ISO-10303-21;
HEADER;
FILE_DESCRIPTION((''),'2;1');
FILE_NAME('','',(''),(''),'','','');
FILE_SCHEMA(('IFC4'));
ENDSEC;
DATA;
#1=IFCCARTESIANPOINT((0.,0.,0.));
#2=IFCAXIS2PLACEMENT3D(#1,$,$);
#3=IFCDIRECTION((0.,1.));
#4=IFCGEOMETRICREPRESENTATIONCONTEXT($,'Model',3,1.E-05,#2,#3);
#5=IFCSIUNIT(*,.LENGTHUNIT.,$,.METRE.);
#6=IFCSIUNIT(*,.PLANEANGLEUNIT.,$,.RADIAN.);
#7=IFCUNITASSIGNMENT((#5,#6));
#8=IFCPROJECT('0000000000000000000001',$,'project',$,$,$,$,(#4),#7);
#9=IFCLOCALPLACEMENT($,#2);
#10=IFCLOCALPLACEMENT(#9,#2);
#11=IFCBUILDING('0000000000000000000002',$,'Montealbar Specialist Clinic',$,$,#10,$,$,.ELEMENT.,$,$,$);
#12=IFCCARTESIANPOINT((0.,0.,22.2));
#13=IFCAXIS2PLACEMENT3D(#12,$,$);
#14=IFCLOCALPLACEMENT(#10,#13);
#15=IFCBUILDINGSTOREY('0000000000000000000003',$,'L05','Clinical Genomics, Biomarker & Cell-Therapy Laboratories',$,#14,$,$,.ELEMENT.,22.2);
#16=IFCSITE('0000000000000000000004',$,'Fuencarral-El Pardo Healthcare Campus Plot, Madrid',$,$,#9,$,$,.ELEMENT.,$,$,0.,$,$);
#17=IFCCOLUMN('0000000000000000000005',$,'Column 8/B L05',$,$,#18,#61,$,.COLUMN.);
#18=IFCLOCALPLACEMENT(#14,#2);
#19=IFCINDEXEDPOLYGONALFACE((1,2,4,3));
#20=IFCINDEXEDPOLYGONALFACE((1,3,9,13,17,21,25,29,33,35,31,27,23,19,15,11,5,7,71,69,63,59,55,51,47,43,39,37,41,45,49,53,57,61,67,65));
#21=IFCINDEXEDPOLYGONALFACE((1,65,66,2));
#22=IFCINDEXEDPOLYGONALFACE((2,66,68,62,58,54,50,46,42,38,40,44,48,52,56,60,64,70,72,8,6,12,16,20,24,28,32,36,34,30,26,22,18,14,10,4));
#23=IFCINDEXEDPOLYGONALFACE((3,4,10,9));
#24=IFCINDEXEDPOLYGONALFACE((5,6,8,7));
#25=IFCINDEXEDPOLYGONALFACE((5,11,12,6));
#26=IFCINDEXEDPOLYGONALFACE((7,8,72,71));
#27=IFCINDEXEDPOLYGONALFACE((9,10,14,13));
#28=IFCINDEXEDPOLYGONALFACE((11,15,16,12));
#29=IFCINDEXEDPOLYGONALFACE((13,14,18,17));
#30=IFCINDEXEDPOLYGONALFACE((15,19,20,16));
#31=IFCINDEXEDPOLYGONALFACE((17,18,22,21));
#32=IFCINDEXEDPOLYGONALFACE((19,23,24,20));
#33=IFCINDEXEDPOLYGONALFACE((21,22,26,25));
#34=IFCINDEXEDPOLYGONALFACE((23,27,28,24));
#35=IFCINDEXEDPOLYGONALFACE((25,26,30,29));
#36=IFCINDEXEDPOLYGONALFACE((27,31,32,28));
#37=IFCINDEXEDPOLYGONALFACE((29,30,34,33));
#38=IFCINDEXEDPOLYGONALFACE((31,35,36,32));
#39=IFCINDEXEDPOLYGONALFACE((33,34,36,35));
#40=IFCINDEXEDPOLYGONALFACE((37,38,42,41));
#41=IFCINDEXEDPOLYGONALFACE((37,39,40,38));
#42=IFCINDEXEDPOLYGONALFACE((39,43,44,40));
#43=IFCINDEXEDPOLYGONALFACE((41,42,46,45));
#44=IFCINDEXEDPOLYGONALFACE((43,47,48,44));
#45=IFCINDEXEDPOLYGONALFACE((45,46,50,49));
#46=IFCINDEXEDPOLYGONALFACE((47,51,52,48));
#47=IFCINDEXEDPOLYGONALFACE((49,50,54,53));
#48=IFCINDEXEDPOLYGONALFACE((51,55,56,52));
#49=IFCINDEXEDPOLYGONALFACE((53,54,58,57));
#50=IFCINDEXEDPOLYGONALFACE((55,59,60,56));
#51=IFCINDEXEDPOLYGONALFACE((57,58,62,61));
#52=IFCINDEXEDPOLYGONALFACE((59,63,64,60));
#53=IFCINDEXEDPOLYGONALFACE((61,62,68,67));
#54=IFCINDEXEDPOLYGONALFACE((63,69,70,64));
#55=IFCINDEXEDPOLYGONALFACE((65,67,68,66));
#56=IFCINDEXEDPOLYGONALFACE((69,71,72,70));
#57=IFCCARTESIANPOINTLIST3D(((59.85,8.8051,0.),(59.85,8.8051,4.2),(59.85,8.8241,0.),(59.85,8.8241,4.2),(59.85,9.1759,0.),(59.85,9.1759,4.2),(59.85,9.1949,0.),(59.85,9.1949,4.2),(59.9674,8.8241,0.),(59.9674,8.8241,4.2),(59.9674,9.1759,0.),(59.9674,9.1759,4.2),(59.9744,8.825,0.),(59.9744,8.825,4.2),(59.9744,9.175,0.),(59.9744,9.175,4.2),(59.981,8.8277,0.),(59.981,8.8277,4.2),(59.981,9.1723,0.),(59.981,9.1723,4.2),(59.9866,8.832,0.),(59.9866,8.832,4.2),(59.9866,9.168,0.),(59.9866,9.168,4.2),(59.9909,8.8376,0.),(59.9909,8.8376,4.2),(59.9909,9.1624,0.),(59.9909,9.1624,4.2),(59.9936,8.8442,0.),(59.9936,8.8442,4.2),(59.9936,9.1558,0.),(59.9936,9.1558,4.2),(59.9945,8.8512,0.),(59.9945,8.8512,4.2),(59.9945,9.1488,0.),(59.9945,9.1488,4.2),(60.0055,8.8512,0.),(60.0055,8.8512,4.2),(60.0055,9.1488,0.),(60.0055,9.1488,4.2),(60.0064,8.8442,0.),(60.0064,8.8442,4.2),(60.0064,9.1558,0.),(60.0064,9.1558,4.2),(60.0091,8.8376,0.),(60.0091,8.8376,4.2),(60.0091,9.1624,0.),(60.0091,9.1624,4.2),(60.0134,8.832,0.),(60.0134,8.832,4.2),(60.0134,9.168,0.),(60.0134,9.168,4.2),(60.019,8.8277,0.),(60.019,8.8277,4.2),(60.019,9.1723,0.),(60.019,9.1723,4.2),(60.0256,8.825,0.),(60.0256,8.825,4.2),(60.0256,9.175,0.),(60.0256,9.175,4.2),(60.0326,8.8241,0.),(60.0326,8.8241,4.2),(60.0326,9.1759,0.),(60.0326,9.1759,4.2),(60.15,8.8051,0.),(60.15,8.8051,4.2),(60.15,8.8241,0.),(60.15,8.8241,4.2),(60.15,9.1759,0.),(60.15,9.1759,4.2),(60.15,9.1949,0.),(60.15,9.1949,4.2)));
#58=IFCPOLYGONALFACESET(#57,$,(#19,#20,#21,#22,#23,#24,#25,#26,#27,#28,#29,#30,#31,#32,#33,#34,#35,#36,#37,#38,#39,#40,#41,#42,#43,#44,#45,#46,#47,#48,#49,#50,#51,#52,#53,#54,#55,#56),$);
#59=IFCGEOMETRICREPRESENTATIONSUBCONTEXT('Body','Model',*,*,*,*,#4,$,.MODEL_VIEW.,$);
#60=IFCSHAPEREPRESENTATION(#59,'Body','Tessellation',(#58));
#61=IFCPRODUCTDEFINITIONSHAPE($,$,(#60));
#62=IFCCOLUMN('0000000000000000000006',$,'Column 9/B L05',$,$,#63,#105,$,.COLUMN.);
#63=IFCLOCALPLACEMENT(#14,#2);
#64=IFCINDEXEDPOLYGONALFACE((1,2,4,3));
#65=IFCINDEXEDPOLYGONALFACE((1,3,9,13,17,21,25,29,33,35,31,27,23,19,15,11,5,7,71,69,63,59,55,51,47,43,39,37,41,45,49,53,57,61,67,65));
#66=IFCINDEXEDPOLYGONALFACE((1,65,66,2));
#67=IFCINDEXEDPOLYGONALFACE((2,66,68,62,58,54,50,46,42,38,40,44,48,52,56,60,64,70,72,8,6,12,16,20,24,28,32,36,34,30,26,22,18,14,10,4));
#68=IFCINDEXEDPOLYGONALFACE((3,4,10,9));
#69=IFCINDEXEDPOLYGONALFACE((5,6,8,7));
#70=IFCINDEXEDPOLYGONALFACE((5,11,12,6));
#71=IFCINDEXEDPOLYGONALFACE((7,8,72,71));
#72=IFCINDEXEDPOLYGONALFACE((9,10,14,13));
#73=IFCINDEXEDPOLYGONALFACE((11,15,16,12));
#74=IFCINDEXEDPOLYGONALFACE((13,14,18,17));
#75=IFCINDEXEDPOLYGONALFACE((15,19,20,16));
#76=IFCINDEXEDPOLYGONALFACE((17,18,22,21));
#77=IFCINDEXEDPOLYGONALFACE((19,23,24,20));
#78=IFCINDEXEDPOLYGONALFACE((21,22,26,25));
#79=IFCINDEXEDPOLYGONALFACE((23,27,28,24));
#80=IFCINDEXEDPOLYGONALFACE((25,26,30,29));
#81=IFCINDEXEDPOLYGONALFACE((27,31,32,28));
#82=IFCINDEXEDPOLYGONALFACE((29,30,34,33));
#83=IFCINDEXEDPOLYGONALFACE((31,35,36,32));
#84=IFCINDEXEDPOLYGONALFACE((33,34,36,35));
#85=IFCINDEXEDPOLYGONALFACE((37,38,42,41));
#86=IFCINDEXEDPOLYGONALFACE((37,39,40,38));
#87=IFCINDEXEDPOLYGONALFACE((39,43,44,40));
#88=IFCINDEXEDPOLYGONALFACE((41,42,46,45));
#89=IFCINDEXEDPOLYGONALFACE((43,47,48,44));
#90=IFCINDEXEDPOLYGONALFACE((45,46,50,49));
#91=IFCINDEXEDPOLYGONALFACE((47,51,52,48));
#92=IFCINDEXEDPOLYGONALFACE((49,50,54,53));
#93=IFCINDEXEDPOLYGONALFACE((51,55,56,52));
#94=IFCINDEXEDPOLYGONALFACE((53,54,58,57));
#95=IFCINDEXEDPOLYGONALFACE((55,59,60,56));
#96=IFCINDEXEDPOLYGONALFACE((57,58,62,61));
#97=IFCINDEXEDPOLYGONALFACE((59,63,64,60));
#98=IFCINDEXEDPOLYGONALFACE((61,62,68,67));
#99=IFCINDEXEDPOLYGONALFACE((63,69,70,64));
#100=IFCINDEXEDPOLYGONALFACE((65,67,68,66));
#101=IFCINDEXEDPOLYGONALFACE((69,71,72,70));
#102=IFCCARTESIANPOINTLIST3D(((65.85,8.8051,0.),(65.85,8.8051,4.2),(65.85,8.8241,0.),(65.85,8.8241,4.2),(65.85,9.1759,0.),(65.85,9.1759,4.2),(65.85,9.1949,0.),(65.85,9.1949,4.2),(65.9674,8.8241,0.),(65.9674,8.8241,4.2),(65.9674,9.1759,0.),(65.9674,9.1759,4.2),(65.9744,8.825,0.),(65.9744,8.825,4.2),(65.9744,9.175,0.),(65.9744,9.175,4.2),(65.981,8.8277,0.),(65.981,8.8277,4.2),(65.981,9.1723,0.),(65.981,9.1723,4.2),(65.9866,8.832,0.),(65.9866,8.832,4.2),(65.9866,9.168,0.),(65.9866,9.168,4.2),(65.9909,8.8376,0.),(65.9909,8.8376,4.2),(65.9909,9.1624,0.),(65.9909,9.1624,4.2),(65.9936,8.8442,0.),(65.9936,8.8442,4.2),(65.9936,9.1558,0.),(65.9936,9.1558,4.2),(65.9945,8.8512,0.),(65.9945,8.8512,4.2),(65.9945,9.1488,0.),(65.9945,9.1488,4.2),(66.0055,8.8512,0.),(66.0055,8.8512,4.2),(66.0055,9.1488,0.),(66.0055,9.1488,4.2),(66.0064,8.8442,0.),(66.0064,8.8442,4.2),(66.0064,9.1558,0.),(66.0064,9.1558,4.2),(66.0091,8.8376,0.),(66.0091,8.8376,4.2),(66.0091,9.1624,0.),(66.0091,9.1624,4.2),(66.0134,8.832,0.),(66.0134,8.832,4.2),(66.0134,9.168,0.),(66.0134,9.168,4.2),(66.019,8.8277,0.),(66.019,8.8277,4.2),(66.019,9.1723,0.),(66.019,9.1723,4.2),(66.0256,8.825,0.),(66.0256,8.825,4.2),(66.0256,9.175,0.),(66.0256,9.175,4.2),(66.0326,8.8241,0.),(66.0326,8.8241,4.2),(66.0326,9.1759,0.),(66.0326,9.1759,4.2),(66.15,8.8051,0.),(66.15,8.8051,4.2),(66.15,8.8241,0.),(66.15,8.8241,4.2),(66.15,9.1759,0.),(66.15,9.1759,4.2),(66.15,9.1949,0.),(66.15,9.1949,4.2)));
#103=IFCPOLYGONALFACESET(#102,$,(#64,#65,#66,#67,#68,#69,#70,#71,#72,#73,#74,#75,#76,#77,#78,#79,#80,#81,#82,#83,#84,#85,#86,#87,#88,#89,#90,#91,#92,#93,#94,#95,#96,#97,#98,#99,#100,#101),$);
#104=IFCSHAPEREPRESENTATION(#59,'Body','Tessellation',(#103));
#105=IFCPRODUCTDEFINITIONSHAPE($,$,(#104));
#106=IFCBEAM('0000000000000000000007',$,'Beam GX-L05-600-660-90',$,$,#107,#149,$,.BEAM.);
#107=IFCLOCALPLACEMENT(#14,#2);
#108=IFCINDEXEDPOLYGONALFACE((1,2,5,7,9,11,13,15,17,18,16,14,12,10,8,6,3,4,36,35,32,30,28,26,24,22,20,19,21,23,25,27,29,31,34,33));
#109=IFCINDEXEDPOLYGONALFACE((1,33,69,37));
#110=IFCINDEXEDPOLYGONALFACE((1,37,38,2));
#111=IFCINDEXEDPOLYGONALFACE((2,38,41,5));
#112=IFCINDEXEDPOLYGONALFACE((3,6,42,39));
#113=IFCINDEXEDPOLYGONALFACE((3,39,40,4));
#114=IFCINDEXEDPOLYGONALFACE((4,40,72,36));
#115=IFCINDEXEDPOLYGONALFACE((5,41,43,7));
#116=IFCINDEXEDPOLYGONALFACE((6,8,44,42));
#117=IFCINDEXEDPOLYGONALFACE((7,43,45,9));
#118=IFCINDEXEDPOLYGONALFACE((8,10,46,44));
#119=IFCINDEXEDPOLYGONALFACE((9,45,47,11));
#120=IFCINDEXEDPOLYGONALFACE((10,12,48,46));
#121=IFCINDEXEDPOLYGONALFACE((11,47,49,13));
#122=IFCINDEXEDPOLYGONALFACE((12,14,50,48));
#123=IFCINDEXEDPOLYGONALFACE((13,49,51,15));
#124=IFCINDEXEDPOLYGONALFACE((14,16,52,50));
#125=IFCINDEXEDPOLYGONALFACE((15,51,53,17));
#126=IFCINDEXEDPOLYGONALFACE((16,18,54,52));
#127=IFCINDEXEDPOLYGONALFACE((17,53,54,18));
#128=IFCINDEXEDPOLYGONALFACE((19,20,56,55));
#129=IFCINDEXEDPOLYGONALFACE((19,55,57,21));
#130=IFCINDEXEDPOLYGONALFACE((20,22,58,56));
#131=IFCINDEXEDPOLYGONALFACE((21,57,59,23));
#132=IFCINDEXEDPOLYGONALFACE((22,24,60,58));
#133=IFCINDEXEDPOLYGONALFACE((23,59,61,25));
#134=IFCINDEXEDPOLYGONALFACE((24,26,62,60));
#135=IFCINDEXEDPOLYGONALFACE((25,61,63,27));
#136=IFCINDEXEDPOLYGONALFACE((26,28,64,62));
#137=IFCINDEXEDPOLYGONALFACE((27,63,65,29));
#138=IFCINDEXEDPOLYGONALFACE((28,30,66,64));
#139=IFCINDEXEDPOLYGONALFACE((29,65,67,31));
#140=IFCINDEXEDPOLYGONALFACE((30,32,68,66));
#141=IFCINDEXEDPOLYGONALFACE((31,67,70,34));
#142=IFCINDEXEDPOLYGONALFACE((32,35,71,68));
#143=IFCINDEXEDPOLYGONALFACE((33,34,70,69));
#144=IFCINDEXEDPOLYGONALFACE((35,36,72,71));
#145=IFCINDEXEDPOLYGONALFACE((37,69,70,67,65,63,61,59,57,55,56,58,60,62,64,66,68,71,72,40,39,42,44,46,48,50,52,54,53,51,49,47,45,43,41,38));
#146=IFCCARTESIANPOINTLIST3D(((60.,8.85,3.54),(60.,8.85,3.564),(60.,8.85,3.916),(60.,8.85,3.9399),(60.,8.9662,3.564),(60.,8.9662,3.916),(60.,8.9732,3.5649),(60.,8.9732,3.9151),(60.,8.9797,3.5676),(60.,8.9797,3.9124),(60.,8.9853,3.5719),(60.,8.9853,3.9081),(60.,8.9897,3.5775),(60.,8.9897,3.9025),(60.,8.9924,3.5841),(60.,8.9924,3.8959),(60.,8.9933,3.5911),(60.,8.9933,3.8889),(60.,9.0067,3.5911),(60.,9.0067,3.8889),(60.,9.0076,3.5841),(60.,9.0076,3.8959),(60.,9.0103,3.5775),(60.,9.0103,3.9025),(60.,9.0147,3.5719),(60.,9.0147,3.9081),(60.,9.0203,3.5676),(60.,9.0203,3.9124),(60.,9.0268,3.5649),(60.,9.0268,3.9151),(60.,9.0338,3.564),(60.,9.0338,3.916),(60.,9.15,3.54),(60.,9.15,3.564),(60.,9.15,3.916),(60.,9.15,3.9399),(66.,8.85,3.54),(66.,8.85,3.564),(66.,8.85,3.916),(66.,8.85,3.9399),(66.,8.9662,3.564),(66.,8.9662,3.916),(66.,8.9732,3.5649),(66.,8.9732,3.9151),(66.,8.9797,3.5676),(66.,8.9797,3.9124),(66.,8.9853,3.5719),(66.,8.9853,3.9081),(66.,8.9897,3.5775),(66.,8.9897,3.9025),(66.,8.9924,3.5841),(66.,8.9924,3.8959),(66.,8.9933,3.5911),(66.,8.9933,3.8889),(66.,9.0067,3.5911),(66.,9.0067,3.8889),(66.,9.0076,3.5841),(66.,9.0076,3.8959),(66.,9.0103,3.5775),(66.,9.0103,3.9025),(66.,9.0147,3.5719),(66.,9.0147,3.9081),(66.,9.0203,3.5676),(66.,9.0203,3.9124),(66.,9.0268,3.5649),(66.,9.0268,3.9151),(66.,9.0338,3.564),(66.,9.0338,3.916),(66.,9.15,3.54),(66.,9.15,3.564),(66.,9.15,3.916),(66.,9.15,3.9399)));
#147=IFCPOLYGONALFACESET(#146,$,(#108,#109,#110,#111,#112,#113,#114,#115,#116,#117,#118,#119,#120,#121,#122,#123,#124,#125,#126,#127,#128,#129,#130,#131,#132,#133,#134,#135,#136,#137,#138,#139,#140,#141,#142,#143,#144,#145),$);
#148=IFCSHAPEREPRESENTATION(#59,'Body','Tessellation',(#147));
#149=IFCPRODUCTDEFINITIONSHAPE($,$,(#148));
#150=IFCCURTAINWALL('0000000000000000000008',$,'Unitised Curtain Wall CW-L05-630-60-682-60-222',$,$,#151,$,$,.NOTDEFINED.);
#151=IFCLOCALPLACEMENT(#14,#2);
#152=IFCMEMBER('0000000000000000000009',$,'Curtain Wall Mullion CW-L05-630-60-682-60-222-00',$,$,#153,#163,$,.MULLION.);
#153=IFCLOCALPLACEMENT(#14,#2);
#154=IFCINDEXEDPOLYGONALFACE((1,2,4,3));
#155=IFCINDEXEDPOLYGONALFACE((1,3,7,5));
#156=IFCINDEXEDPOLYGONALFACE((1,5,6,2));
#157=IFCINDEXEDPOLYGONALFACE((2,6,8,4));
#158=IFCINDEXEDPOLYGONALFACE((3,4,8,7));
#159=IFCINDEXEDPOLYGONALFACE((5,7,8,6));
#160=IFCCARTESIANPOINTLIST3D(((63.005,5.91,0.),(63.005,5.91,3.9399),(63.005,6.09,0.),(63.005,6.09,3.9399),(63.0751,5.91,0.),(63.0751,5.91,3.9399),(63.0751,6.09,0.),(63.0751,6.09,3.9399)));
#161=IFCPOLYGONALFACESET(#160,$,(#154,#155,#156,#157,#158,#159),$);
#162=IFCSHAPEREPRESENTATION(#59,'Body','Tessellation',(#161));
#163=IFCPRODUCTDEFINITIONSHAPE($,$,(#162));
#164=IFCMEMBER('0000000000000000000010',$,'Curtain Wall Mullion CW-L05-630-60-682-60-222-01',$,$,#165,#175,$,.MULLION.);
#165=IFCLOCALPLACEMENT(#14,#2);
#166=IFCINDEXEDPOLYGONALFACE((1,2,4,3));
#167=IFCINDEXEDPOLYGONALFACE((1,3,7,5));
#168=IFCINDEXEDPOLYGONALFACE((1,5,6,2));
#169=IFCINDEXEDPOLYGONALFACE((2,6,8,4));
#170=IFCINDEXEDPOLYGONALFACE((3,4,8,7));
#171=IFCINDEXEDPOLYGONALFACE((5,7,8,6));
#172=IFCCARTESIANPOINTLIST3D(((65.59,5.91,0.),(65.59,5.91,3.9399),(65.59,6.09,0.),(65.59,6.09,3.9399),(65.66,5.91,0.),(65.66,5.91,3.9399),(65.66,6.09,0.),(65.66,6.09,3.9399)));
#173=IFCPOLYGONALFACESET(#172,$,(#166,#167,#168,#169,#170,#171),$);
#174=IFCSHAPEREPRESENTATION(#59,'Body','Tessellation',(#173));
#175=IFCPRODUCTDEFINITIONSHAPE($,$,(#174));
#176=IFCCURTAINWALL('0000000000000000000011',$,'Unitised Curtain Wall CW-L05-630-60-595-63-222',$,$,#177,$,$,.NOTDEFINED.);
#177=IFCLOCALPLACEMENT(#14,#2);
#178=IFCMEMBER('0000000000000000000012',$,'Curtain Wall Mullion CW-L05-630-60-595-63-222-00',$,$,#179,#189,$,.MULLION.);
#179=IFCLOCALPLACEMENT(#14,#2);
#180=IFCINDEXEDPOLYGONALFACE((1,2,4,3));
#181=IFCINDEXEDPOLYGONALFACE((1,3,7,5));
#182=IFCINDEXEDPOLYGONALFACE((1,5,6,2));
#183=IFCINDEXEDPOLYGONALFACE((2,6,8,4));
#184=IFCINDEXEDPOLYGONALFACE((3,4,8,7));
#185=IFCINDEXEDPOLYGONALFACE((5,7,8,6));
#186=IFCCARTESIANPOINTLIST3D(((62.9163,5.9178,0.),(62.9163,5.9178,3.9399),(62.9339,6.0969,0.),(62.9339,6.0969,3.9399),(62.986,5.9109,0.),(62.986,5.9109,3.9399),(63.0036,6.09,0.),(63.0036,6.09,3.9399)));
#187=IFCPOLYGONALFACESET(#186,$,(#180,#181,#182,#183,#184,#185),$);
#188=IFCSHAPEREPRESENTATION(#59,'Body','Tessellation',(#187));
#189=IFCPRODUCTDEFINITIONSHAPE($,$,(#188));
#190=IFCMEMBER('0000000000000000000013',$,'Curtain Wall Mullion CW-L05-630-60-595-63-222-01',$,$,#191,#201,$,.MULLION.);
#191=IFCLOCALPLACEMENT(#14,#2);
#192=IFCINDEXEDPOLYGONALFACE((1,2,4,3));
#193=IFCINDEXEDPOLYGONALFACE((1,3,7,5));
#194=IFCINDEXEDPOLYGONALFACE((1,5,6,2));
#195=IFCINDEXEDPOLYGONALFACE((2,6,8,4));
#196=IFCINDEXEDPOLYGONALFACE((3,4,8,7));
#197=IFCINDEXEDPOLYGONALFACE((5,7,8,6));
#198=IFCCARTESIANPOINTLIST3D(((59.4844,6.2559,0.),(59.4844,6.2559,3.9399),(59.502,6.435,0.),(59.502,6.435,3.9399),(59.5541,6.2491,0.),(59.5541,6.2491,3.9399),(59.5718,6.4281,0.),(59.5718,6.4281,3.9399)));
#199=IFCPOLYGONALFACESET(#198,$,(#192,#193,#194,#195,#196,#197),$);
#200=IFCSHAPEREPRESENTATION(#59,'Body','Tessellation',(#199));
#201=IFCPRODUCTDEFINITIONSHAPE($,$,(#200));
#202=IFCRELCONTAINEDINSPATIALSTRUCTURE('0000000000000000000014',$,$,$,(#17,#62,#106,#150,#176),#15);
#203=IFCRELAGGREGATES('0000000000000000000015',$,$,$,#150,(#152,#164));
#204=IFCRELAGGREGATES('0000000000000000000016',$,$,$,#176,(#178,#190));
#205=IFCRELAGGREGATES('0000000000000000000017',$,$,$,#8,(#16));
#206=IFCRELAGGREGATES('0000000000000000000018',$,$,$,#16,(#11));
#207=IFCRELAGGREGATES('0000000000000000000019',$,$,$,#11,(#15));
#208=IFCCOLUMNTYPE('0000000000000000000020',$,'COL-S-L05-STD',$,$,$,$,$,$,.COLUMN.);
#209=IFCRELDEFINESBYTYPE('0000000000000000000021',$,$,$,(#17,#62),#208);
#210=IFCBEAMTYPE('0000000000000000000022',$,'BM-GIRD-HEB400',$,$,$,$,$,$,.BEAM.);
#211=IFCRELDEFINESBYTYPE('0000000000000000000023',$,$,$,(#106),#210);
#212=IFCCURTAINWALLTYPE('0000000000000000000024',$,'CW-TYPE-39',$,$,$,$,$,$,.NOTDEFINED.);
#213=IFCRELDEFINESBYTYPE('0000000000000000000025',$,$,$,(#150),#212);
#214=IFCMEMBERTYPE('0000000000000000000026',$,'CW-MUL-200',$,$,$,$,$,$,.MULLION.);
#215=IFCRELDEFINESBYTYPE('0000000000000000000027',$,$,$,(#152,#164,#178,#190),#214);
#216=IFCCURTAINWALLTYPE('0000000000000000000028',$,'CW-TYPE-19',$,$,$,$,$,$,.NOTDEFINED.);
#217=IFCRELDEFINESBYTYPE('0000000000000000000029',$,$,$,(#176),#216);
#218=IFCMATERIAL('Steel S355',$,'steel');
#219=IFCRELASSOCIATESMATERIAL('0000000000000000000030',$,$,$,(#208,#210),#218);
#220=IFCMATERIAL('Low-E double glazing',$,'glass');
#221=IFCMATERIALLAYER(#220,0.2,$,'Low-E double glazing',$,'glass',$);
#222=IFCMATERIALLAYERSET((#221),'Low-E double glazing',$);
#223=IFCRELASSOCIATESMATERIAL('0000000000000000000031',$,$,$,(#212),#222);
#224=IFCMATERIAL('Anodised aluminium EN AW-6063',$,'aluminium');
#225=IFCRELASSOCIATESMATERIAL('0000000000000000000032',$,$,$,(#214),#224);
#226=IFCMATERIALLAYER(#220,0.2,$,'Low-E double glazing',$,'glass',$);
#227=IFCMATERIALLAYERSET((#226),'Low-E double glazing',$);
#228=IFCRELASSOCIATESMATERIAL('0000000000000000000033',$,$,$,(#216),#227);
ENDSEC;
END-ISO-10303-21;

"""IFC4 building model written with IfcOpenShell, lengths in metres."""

from ifc_helpers import new_model, si_unit, direction, frame, origin, origin_2d, place, context, subcontext, project, spatial, rectangle, i_section, extrude, material, layer, layer_set, material_profile, profile_set, type_object, element, aggregate, save


model = new_model("IFC4")

# Units and contexts
model_context = context("Model", 3, precision=1e-05, world=origin(), true_north=direction((0.0, 1.0)))
body_context = subcontext(model_context, "Body", "Model", "MODEL_VIEW")
ifc_project = project(units=[si_unit("LENGTHUNIT", "METRE"), si_unit("PLANEANGLEUNIT", "RADIAN")], contexts=[model_context])

# Site, building, storey
site_placement = place(None, origin())
site = spatial("IfcSite", under=ifc_project, at=site_placement, Name="Fuencarral-El Pardo Healthcare Campus Plot, Madrid", CompositionType="ELEMENT", RefElevation=0.0)
building_placement = place(site_placement, origin())
building = spatial("IfcBuilding", under=site, at=building_placement, Name="Montealbar Specialist Clinic", CompositionType="ELEMENT")
storey_placement = place(building_placement, frame((0.0, 0.0, 22.2)))
storey = spatial("IfcBuildingStorey", under=building, at=storey_placement, Name="L05", Description="Clinical Genomics, Biomarker & Cell-Therapy Laboratories", CompositionType="ELEMENT", Elevation=22.2)

# Columns
ifc_material_1 = material(Name="Steel S355", Category="steel")
ifc_material_profile_1 = material_profile(ifc_material_1, i_section(OverallWidth=0.3, OverallDepth=0.3899, WebThickness=0.011, FlangeThickness=0.019, FilletRadius=0.0271, at=origin_2d()), Name="HEA 400", Category="steel")
ifc_profile_set_1 = profile_set([ifc_material_profile_1], Name="Steel S355")
column_type = type_object("IfcColumnType", Name="COL-S-L05-STD", PredefinedType="COLUMN", material=ifc_profile_set_1)
for number, where, z_axis, x_axis, name in (
    (1, (60.0, 9.0, 0.0), (0.0, 0.0, 1.0), (1.0, 0.0, 0.0), "Column 8/B L05"),
    (2, (66.0, 9.0, 0.0), (0.0, 0.0, 1.0), (1.0, 0.0, 0.0), "Column 9/B L05"),
):
    element("IfcColumn", number, at=place(storey_placement, frame(where, z_axis=z_axis, x_axis=x_axis)), inside=storey, type_object=column_type, Name=name, PredefinedType="COLUMN", context=body_context, shape_type="SweptSolid", body=[
        extrude(i_section(OverallWidth=0.3, OverallDepth=0.3899, WebThickness=0.011, FlangeThickness=0.019, FilletRadius=0.0271, at=origin_2d()), origin(), (0.0, 0.0, 1.0), 4.2),
    ])

# Beam
ifc_material_profile_2 = material_profile(ifc_material_1, i_section(OverallWidth=0.3, OverallDepth=0.3999, WebThickness=0.0134, FlangeThickness=0.0239, FilletRadius=0.0271, at=origin_2d()), Name="HEB 400", Category="steel")
ifc_profile_set_2 = profile_set([ifc_material_profile_2], Name="Steel S355")
beam_type = type_object("IfcBeamType", Name="BM-GIRD-HEB400", PredefinedType="BEAM", material=ifc_profile_set_2)
beam_placement = place(storey_placement, frame((60.0, 9.0, 3.74), z_axis=(1.0, 0.0, 0.0), x_axis=(0.0, 1.0, 0.0)))
element("IfcBeam", 3, at=beam_placement, inside=storey, type_object=beam_type, Name="Beam GX-L05-600-660-90", PredefinedType="BEAM", context=body_context, shape_type="SweptSolid", body=[
    extrude(i_section(OverallWidth=0.3, OverallDepth=0.3999, WebThickness=0.0134, FlangeThickness=0.0239, FilletRadius=0.0271, at=origin_2d()), origin(), (0.0, 0.0, 1.0), 6.0),
])

# Curtain walls, members
ifc_material_2 = material(Name="Low-E double glazing", Category="glass")
ifc_layer_1 = layer(ifc_material_2, 0.2, Name="Low-E double glazing", Category="glass")
ifc_layer_set_1 = layer_set([ifc_layer_1], Name="Low-E double glazing")
curtain_wall_type_1 = type_object("IfcCurtainWallType", Name="CW-TYPE-39", PredefinedType="NOTDEFINED", material=ifc_layer_set_1)
curtain_wall_1_placement = place(storey_placement, origin())
curtain_wall_1 = element("IfcCurtainWall", 4, at=curtain_wall_1_placement, inside=storey, type_object=curtain_wall_type_1, Name="Unitised Curtain Wall CW-L05-630-60-682-60-222", PredefinedType="NOTDEFINED")
ifc_material_3 = material(Name="Anodised aluminium EN AW-6063", Category="aluminium")
ifc_material_profile_3 = material_profile(ifc_material_3, rectangle(XDim=0.0701, YDim=0.1799, at=origin_2d()), Name="ALU 70x180", Category="aluminium")
ifc_profile_set_3 = profile_set([ifc_material_profile_3], Name="Anodised aluminium EN AW-6063")
member_type_1 = type_object("IfcMemberType", Name="CW-MUL-200", PredefinedType="MULLION", material=ifc_profile_set_3)
member_1_placement = place(storey_placement, frame((63.04, 6.0, 0.0), z_axis=(0.0, 0.0, 1.0), x_axis=(1.0, 0.0, 0.0)))
member_1 = element("IfcMember", 5, at=member_1_placement, type_object=member_type_1, Name="Curtain Wall Mullion CW-L05-630-60-682-60-222-00", PredefinedType="MULLION", context=body_context, shape_type="SweptSolid", body=[
    extrude(rectangle(XDim=0.0701, YDim=0.1799, at=origin_2d()), origin(), (0.0, 0.0, 1.0), 3.9399),
])
member_2_placement = place(storey_placement, frame((65.625, 6.0, 0.0), z_axis=(0.0, 0.0, 1.0), x_axis=(1.0, 0.0, 0.0)))
member_2 = element("IfcMember", 6, at=member_2_placement, type_object=member_type_1, Name="Curtain Wall Mullion CW-L05-630-60-682-60-222-01", PredefinedType="MULLION", context=body_context, shape_type="SweptSolid", body=[
    extrude(rectangle(XDim=0.0701, YDim=0.1799, at=origin_2d()), origin(), (0.0, 0.0, 1.0), 3.9399),
])
ifc_layer_2 = layer(ifc_material_2, 0.2, Name="Low-E double glazing", Category="glass")
ifc_layer_set_2 = layer_set([ifc_layer_2], Name="Low-E double glazing")
curtain_wall_type_2 = type_object("IfcCurtainWallType", Name="CW-TYPE-19", PredefinedType="NOTDEFINED", material=ifc_layer_set_2)
curtain_wall_2_placement = place(storey_placement, origin())
curtain_wall_2 = element("IfcCurtainWall", 7, at=curtain_wall_2_placement, inside=storey, type_object=curtain_wall_type_2, Name="Unitised Curtain Wall CW-L05-630-60-595-63-222", PredefinedType="NOTDEFINED")
member_3_placement = place(storey_placement, frame((62.96, 6.0039, 0.0), z_axis=(0.0, 0.0, 1.0), x_axis=(-0.995182, 0.098045, 0.0)))
member_3 = element("IfcMember", 8, at=member_3_placement, type_object=member_type_1, Name="Curtain Wall Mullion CW-L05-630-60-595-63-222-00", PredefinedType="MULLION", context=body_context, shape_type="SweptSolid", body=[
    extrude(rectangle(XDim=0.0701, YDim=0.1799, at=origin_2d()), origin(), (0.0, 0.0, 1.0), 3.9399),
])
member_4_placement = place(storey_placement, frame((59.5281, 6.342, 0.0), z_axis=(0.0, 0.0, 1.0), x_axis=(-0.995182, 0.098045, 0.0)))
member_4 = element("IfcMember", 9, at=member_4_placement, type_object=member_type_1, Name="Curtain Wall Mullion CW-L05-630-60-595-63-222-01", PredefinedType="MULLION", context=body_context, shape_type="SweptSolid", body=[
    extrude(rectangle(XDim=0.0701, YDim=0.1799, at=origin_2d()), origin(), (0.0, 0.0, 1.0), 3.9399),
])

aggregate(curtain_wall_1, [member_1, member_2])
aggregate(curtain_wall_2, [member_3, member_4])

save(model, "model.ifc")
